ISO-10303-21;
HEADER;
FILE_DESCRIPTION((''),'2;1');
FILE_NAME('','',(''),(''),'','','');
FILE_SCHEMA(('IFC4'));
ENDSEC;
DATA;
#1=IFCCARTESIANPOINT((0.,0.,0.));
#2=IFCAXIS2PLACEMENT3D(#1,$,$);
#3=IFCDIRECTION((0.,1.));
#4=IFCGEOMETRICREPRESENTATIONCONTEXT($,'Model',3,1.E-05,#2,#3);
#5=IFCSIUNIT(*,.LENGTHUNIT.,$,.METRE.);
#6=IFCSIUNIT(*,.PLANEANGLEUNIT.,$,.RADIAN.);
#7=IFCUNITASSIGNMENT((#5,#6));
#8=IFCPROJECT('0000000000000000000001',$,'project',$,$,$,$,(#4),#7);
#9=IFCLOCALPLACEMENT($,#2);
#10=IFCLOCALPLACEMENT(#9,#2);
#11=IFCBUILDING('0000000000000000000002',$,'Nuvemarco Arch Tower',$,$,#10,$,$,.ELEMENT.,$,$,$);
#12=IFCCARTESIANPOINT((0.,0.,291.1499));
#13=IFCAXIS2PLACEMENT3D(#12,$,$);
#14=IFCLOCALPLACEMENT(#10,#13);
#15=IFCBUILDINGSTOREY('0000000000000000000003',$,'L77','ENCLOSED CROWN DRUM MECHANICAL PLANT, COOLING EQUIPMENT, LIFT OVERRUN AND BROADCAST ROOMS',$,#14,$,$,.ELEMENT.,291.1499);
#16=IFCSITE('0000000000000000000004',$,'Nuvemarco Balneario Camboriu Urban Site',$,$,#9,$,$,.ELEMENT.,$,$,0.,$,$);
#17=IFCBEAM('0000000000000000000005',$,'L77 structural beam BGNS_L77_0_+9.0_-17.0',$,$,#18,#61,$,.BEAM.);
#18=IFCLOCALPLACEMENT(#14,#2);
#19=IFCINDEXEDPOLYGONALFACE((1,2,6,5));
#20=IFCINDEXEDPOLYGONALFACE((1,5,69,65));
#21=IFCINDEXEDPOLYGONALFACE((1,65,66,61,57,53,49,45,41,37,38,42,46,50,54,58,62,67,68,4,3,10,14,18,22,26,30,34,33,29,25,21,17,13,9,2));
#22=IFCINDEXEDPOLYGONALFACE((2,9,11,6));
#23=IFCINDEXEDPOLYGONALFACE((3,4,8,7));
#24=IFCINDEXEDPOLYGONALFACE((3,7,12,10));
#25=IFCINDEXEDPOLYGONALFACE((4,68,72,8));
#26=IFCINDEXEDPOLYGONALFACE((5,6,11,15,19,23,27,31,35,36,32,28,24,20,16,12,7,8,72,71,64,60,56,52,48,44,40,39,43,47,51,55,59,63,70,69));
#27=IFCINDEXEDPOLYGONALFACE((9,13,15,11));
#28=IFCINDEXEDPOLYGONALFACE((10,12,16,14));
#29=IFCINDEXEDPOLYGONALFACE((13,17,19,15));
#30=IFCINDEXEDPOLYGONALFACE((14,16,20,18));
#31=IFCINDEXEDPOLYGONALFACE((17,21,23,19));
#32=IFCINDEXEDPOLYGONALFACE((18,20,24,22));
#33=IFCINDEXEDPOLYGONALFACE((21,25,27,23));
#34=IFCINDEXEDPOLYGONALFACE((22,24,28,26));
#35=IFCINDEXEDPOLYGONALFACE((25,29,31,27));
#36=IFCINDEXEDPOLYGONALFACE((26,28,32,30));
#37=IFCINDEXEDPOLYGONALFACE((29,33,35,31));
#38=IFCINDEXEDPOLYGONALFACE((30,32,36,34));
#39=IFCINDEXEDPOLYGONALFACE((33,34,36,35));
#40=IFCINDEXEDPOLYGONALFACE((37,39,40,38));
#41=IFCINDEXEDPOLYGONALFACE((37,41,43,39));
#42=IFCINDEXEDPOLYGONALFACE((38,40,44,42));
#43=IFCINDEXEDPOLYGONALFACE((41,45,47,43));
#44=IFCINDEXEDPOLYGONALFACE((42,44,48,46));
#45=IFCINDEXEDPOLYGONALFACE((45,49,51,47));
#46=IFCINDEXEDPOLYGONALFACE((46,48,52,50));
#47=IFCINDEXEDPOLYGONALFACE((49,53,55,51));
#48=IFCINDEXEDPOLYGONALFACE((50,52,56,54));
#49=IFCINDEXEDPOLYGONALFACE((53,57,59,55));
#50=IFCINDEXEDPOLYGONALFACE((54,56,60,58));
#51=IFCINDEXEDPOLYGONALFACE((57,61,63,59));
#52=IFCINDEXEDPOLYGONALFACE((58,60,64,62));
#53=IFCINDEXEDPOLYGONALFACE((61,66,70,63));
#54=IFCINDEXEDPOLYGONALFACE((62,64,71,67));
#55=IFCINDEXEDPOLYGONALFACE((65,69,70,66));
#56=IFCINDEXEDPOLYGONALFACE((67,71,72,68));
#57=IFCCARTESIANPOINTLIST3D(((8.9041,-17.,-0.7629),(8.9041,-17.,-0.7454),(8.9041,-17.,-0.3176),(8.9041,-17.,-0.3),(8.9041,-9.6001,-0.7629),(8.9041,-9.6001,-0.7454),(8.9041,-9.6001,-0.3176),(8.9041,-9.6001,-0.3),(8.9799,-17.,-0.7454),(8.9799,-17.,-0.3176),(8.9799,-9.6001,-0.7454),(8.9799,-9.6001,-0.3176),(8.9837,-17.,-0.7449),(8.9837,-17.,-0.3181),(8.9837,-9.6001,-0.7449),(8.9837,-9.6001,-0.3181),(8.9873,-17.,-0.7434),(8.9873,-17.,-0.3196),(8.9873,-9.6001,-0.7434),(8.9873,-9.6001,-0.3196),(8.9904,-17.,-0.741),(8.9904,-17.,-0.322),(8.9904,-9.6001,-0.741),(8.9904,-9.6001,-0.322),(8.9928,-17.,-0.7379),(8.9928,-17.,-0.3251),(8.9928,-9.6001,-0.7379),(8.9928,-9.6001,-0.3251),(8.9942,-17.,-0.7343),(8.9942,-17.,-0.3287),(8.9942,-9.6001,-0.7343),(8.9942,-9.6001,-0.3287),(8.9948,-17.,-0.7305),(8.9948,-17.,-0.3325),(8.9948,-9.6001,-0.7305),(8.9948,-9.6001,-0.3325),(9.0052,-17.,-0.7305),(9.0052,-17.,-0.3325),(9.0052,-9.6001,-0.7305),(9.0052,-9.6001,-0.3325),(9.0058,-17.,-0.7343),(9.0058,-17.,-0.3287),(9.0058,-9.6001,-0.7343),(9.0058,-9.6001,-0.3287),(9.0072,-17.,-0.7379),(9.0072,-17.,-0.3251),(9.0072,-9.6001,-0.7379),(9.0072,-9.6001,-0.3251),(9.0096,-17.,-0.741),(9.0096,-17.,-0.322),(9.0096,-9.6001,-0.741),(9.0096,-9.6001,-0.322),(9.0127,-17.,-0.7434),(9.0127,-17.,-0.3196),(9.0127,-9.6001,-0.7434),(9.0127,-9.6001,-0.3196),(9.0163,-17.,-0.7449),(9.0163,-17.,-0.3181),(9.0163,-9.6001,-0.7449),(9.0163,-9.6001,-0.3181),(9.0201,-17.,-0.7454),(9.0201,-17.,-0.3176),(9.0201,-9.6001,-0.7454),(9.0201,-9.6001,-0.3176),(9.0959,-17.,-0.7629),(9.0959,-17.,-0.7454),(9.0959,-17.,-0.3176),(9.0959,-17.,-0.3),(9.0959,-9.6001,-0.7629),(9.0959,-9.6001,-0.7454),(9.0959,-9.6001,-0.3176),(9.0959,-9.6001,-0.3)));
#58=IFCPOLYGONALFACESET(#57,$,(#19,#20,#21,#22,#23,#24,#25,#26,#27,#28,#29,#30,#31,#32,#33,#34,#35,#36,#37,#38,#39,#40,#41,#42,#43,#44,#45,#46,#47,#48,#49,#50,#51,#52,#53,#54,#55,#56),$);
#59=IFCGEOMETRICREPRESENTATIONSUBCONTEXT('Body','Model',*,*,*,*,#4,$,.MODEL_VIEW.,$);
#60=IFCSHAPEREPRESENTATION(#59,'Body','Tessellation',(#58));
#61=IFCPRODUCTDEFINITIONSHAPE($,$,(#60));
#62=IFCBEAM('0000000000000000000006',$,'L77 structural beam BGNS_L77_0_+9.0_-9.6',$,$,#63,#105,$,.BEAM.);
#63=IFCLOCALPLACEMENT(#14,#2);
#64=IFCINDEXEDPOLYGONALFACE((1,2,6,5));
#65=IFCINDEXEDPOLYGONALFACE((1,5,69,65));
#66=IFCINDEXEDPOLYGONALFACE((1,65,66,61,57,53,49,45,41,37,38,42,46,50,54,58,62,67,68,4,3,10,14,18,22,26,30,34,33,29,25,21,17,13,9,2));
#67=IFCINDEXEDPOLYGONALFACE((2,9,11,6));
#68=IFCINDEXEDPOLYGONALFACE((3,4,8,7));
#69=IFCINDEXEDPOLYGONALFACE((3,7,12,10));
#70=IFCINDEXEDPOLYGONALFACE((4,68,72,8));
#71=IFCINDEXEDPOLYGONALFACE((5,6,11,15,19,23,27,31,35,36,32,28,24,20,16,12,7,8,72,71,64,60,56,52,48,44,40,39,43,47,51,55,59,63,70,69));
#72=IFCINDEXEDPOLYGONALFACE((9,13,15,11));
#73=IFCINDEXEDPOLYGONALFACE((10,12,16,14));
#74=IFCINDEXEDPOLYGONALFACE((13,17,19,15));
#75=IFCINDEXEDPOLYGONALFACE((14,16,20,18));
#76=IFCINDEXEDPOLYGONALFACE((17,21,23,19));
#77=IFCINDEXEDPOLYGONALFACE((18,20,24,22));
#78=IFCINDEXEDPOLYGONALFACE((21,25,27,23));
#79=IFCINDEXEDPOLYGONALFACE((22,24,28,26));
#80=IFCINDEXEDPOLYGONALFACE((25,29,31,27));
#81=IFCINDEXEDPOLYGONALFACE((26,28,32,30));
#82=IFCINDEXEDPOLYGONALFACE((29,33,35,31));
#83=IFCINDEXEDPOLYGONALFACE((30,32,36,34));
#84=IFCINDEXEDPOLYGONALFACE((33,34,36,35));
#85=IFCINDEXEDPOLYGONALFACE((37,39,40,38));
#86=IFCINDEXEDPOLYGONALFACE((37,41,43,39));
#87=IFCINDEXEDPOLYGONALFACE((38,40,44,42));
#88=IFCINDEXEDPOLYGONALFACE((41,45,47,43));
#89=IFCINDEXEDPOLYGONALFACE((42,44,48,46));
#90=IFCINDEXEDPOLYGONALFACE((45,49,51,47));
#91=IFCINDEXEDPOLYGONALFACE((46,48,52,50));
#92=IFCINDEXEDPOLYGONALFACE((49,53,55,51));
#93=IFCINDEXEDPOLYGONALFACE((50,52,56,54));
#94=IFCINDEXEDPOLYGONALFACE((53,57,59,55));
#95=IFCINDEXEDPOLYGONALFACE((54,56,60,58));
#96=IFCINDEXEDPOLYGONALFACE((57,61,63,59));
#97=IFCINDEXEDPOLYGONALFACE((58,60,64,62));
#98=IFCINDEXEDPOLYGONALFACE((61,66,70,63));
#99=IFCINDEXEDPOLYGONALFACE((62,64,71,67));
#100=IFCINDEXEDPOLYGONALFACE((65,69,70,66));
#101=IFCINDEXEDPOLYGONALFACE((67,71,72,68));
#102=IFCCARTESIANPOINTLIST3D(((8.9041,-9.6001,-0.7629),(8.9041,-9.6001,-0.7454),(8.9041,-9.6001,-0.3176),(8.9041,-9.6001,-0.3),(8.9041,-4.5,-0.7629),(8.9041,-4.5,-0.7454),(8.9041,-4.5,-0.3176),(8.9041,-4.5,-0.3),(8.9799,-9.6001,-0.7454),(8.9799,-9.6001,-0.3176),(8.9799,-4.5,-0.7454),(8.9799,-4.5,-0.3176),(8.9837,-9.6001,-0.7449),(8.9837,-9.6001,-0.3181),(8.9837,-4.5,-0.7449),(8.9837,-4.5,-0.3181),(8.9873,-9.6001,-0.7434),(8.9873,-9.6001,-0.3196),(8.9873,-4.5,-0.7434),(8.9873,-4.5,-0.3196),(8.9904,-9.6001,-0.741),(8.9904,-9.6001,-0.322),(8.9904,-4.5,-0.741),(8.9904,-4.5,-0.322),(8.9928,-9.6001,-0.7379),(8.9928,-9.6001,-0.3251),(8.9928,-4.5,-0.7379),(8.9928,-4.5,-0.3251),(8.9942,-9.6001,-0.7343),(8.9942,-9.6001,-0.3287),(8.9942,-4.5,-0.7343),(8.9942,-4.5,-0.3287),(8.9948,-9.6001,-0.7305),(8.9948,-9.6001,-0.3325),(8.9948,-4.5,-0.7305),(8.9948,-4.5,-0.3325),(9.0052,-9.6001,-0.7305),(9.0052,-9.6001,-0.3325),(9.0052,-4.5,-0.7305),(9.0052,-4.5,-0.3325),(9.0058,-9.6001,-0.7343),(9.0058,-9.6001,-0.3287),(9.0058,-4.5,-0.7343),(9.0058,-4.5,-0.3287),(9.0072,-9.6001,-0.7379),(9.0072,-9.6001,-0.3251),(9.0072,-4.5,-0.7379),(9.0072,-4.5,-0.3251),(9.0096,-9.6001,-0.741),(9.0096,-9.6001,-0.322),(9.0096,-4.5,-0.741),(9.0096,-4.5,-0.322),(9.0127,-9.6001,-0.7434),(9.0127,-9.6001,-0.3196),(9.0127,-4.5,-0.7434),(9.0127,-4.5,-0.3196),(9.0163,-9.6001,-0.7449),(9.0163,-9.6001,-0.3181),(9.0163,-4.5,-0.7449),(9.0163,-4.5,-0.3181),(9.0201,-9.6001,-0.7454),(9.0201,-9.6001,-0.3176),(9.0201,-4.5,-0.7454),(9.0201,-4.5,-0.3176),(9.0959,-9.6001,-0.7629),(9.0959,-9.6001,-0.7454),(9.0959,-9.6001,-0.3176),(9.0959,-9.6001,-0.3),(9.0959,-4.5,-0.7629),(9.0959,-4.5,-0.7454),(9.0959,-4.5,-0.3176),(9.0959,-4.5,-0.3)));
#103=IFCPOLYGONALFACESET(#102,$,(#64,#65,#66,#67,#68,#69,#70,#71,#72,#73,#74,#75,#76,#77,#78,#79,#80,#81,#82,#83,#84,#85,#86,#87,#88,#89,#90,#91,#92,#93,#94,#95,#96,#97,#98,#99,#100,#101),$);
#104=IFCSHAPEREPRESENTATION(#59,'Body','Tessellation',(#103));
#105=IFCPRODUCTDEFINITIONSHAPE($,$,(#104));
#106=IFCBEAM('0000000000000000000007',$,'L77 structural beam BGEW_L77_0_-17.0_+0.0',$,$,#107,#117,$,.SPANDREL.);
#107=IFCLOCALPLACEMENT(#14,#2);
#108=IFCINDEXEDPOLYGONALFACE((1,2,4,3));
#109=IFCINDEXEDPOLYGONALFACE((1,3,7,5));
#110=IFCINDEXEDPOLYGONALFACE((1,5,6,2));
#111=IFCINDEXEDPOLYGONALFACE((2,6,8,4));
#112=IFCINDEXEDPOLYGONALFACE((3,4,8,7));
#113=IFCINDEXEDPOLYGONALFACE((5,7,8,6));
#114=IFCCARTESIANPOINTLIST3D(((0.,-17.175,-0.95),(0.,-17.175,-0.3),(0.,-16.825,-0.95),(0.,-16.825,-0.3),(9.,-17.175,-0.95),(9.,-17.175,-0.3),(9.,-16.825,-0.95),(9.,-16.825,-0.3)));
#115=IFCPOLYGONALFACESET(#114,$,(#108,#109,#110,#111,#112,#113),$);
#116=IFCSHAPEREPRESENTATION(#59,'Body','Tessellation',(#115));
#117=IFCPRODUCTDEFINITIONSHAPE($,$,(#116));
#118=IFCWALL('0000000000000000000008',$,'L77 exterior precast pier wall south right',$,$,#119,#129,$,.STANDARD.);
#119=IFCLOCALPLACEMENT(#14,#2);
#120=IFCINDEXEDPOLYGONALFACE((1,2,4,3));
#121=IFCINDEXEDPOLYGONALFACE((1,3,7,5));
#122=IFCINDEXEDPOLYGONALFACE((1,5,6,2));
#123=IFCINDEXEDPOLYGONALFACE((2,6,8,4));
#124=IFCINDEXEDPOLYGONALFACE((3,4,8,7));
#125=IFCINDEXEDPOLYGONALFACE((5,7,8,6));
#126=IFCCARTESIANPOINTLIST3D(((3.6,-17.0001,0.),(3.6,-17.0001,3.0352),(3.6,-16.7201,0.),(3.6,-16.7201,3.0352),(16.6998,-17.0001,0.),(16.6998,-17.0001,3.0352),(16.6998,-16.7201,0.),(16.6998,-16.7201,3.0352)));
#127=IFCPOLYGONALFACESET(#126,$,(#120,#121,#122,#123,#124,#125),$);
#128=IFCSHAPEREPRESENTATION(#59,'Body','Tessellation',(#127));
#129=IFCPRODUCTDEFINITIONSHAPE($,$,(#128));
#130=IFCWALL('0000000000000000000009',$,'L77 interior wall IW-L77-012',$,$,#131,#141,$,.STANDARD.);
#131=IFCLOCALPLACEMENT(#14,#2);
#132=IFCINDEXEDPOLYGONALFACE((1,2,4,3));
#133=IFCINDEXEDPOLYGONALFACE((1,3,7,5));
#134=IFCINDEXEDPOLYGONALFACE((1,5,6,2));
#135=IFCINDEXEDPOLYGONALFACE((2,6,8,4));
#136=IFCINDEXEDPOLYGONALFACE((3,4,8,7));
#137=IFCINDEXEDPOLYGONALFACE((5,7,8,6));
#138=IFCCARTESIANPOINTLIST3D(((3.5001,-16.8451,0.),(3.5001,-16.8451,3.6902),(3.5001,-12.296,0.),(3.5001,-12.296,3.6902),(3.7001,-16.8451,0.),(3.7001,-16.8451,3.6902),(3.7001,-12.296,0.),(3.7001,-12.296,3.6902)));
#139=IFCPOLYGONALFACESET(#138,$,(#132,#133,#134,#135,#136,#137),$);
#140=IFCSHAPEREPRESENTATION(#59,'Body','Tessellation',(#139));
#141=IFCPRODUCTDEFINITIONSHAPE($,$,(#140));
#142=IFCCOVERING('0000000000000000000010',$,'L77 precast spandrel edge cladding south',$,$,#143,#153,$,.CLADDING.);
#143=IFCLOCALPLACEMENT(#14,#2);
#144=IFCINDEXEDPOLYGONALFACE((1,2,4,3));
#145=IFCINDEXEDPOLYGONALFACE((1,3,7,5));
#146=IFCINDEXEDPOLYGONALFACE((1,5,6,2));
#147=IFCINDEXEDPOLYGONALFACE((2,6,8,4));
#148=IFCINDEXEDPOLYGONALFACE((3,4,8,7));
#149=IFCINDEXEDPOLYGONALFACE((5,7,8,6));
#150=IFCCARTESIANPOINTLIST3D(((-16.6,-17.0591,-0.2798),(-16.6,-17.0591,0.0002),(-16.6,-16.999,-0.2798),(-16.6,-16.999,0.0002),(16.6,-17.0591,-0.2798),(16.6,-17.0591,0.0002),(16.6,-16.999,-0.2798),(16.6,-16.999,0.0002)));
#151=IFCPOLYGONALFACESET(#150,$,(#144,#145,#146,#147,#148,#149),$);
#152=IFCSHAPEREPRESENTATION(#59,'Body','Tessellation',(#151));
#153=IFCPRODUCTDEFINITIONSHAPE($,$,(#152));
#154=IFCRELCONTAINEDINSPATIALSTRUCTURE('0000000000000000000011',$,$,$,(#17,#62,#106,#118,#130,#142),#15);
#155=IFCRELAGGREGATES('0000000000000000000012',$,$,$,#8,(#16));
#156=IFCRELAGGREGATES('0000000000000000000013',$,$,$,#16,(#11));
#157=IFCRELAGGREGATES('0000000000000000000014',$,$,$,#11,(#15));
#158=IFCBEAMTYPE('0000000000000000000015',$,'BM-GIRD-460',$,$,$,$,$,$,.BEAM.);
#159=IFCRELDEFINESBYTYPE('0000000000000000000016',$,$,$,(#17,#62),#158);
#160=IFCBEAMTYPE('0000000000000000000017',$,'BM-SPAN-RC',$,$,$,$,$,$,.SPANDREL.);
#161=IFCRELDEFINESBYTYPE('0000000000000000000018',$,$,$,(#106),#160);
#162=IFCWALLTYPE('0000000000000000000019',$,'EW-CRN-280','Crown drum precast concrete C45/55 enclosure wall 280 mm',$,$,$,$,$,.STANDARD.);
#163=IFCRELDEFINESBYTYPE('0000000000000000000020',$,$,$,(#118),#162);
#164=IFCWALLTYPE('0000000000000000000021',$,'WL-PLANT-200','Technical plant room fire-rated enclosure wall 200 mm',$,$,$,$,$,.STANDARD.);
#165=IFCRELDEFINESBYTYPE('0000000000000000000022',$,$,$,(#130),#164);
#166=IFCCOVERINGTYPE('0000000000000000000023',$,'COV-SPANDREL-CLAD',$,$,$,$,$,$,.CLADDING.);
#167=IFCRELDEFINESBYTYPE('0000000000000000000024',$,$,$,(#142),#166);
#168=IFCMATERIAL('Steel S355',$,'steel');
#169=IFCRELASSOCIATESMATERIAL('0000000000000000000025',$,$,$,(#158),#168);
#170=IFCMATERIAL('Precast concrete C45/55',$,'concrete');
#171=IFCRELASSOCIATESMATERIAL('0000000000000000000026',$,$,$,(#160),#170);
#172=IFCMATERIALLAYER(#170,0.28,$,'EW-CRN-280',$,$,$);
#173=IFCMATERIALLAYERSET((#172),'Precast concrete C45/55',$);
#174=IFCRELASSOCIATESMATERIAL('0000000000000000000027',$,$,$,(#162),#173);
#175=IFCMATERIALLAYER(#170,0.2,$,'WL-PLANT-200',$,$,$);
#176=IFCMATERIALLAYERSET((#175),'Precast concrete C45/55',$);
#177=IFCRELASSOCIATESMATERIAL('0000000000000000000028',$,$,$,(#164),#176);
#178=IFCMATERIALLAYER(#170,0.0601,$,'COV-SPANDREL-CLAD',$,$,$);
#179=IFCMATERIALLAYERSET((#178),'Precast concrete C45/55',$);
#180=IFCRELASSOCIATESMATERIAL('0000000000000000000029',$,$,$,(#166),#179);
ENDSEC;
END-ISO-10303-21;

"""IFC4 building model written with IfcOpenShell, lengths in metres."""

from ifc_helpers import new_model, si_unit, direction, frame, frame_2d, origin, origin_2d, place, context, subcontext, project, spatial, rectangle, i_section, extrude, source, transform, mapped, material, layer, layer_set, material_profile, profile_set, type_object, type_shapes, element, save


model = new_model("IFC4")

# Units and contexts
model_context = context("Model", 3, precision=1e-05, world=origin(), true_north=direction((0.0, 1.0)))
body_context = subcontext(model_context, "Body", "Model", "MODEL_VIEW")
ifc_project = project(units=[si_unit("LENGTHUNIT", "METRE"), si_unit("PLANEANGLEUNIT", "RADIAN")], contexts=[model_context])

# Site, building, storey
site_placement = place(None, origin())
site = spatial("IfcSite", under=ifc_project, at=site_placement, Name="Nuvemarco Balneario Camboriu Urban Site", CompositionType="ELEMENT", RefElevation=0.0)
building_placement = place(site_placement, origin())
building = spatial("IfcBuilding", under=site, at=building_placement, Name="Nuvemarco Arch Tower", CompositionType="ELEMENT")
storey_placement = place(building_placement, frame((0.0, 0.0, 291.1499)))
storey = spatial("IfcBuildingStorey", under=building, at=storey_placement, Name="L77", Description="ENCLOSED CROWN DRUM MECHANICAL PLANT, COOLING EQUIPMENT, LIFT OVERRUN AND BROADCAST ROOMS", CompositionType="ELEMENT", Elevation=291.1499)

# Shared definitions
ifc_material_1 = material(Name="Steel S355", Category="steel")

# Beams
ifc_material_profile_1 = material_profile(ifc_material_1, i_section(OverallWidth=0.1919, OverallDepth=0.4629, WebThickness=0.0105, FlangeThickness=0.0176, FilletRadius=0.0149, at=origin_2d()), Name="W460x89")
ifc_profile_set_1 = profile_set([ifc_material_profile_1], Name="Steel S355")
beam_type_1 = type_object("IfcBeamType", Name="BM-GIRD-460", PredefinedType="BEAM", material=ifc_profile_set_1)
beam_1_placement = place(storey_placement, frame((9.0, -17.0, -0.5315), z_axis=(0.0, 1.0, 0.0), x_axis=(-1.0, 0.0, 0.0)))
element("IfcBeam", 1, at=beam_1_placement, inside=storey, type_object=beam_type_1, Name="L77 structural beam BGNS_L77_0_+9.0_-17.0", PredefinedType="BEAM", context=body_context, shape_type="SweptSolid", body=[
    extrude(i_section(OverallWidth=0.1919, OverallDepth=0.4629, WebThickness=0.0105, FlangeThickness=0.0176, FilletRadius=0.0149, at=origin_2d()), origin(), (0.0, 0.0, 1.0), 7.3999),
])
beam_2_placement = place(storey_placement, frame((9.0, -9.6001, -0.5315), z_axis=(0.0, 1.0, 0.0), x_axis=(-1.0, 0.0, 0.0)))
element("IfcBeam", 2, at=beam_2_placement, inside=storey, type_object=beam_type_1, Name="L77 structural beam BGNS_L77_0_+9.0_-9.6", PredefinedType="BEAM", context=body_context, shape_type="SweptSolid", body=[
    extrude(i_section(OverallWidth=0.1919, OverallDepth=0.4629, WebThickness=0.0105, FlangeThickness=0.0176, FilletRadius=0.0149, at=origin_2d()), origin(), (0.0, 0.0, 1.0), 5.1001),
])
ifc_material_2 = material(Name="Precast concrete C45/55", Category="concrete")
ifc_material_profile_2 = material_profile(ifc_material_2, rectangle(XDim=0.3501, YDim=0.6499, at=origin_2d()), Name="PC-SP-350x650")
ifc_profile_set_2 = profile_set([ifc_material_profile_2], Name="Precast concrete C45/55")
beam_type_2 = type_object("IfcBeamType", Name="BM-SPAN-RC", PredefinedType="SPANDREL", material=ifc_profile_set_2)
beam_3_placement = place(storey_placement, frame((0.0, -17.0, -0.625), z_axis=(1.0, 0.0, 0.0), x_axis=(0.0, 1.0, 0.0)))
element("IfcBeam", 3, at=beam_3_placement, inside=storey, type_object=beam_type_2, Name="L77 structural beam BGEW_L77_0_-17.0_+0.0", PredefinedType="SPANDREL", context=body_context, shape_type="SweptSolid", body=[
    extrude(rectangle(XDim=0.3501, YDim=0.6499, at=origin_2d()), origin(), (0.0, 0.0, 1.0), 9.0),
])

# Walls
ifc_layer_1 = layer(ifc_material_2, 0.28, Name="EW-CRN-280")
ifc_layer_set_1 = layer_set([ifc_layer_1], Name="Precast concrete C45/55")
wall_type_1 = type_object("IfcWallType", Name="EW-CRN-280", Description="Crown drum precast concrete C45/55 enclosure wall 280 mm", PredefinedType="STANDARD", material=ifc_layer_set_1)
wall_1_placement = place(storey_placement, frame((3.6001, -16.8601, 0.0), z_axis=(0.0, 0.0, 1.0), x_axis=(1.0, 0.0, 0.0)))
element("IfcWall", 4, at=wall_1_placement, inside=storey, type_object=wall_type_1, Name="L77 exterior precast pier wall south right", PredefinedType="STANDARD", context=body_context, shape_type="SweptSolid", body=[
    extrude(rectangle(XDim=13.0999, YDim=0.28, at=frame_2d((6.5498, 0.0))), origin(), (0.0, 0.0, 1.0), 3.0352),
])
ifc_layer_2 = layer(ifc_material_2, 0.2, Name="WL-PLANT-200")
ifc_layer_set_2 = layer_set([ifc_layer_2], Name="Precast concrete C45/55")
wall_type_2 = type_object("IfcWallType", Name="WL-PLANT-200", Description="Technical plant room fire-rated enclosure wall 200 mm", PredefinedType="STANDARD", material=ifc_layer_set_2)
wall_2_placement = place(storey_placement, frame((3.6001, -16.845, 0.0), z_axis=(0.0, 0.0, 1.0), x_axis=(0.0, 1.0, 0.0)))
element("IfcWall", 5, at=wall_2_placement, inside=storey, type_object=wall_type_2, Name="L77 interior wall IW-L77-012", PredefinedType="STANDARD", context=body_context, shape_type="SweptSolid", body=[
    extrude(rectangle(XDim=4.5491, YDim=0.2, at=frame_2d((2.2744, 0.0))), origin(), (0.0, 0.0, 1.0), 3.6902),
])

# Covering
ifc_layer_3 = layer(ifc_material_2, 0.0601, Name="COV-SPANDREL-CLAD")
ifc_layer_set_3 = layer_set([ifc_layer_3], Name="Precast concrete C45/55")
covering_type = type_object("IfcCoveringType", Name="COV-SPANDREL-CLAD", PredefinedType="CLADDING", material=ifc_layer_set_3)
shared_shape_1 = source(origin(), body_context, "Body", "SweptSolid", [
    extrude(rectangle(XDim=33.2, YDim=0.0601, at=origin_2d()), origin(), (0.0, 0.0, 1.0), 0.28),
])
type_shapes(covering_type, [shared_shape_1])
covering_placement = place(storey_placement, frame((0.0, -17.0291, -0.2798), z_axis=(0.0, 0.0, 1.0), x_axis=(1.0, 0.0, 0.0)))
element("IfcCovering", 6, at=covering_placement, inside=storey, type_object=covering_type, Name="L77 precast spandrel edge cladding south", PredefinedType="CLADDING", context=body_context, shape_type="MappedRepresentation", body=[
    mapped(shared_shape_1, transform((0.0, 0.0, 0.0), scale=1.0)),
])

save(model, "model.ifc")
